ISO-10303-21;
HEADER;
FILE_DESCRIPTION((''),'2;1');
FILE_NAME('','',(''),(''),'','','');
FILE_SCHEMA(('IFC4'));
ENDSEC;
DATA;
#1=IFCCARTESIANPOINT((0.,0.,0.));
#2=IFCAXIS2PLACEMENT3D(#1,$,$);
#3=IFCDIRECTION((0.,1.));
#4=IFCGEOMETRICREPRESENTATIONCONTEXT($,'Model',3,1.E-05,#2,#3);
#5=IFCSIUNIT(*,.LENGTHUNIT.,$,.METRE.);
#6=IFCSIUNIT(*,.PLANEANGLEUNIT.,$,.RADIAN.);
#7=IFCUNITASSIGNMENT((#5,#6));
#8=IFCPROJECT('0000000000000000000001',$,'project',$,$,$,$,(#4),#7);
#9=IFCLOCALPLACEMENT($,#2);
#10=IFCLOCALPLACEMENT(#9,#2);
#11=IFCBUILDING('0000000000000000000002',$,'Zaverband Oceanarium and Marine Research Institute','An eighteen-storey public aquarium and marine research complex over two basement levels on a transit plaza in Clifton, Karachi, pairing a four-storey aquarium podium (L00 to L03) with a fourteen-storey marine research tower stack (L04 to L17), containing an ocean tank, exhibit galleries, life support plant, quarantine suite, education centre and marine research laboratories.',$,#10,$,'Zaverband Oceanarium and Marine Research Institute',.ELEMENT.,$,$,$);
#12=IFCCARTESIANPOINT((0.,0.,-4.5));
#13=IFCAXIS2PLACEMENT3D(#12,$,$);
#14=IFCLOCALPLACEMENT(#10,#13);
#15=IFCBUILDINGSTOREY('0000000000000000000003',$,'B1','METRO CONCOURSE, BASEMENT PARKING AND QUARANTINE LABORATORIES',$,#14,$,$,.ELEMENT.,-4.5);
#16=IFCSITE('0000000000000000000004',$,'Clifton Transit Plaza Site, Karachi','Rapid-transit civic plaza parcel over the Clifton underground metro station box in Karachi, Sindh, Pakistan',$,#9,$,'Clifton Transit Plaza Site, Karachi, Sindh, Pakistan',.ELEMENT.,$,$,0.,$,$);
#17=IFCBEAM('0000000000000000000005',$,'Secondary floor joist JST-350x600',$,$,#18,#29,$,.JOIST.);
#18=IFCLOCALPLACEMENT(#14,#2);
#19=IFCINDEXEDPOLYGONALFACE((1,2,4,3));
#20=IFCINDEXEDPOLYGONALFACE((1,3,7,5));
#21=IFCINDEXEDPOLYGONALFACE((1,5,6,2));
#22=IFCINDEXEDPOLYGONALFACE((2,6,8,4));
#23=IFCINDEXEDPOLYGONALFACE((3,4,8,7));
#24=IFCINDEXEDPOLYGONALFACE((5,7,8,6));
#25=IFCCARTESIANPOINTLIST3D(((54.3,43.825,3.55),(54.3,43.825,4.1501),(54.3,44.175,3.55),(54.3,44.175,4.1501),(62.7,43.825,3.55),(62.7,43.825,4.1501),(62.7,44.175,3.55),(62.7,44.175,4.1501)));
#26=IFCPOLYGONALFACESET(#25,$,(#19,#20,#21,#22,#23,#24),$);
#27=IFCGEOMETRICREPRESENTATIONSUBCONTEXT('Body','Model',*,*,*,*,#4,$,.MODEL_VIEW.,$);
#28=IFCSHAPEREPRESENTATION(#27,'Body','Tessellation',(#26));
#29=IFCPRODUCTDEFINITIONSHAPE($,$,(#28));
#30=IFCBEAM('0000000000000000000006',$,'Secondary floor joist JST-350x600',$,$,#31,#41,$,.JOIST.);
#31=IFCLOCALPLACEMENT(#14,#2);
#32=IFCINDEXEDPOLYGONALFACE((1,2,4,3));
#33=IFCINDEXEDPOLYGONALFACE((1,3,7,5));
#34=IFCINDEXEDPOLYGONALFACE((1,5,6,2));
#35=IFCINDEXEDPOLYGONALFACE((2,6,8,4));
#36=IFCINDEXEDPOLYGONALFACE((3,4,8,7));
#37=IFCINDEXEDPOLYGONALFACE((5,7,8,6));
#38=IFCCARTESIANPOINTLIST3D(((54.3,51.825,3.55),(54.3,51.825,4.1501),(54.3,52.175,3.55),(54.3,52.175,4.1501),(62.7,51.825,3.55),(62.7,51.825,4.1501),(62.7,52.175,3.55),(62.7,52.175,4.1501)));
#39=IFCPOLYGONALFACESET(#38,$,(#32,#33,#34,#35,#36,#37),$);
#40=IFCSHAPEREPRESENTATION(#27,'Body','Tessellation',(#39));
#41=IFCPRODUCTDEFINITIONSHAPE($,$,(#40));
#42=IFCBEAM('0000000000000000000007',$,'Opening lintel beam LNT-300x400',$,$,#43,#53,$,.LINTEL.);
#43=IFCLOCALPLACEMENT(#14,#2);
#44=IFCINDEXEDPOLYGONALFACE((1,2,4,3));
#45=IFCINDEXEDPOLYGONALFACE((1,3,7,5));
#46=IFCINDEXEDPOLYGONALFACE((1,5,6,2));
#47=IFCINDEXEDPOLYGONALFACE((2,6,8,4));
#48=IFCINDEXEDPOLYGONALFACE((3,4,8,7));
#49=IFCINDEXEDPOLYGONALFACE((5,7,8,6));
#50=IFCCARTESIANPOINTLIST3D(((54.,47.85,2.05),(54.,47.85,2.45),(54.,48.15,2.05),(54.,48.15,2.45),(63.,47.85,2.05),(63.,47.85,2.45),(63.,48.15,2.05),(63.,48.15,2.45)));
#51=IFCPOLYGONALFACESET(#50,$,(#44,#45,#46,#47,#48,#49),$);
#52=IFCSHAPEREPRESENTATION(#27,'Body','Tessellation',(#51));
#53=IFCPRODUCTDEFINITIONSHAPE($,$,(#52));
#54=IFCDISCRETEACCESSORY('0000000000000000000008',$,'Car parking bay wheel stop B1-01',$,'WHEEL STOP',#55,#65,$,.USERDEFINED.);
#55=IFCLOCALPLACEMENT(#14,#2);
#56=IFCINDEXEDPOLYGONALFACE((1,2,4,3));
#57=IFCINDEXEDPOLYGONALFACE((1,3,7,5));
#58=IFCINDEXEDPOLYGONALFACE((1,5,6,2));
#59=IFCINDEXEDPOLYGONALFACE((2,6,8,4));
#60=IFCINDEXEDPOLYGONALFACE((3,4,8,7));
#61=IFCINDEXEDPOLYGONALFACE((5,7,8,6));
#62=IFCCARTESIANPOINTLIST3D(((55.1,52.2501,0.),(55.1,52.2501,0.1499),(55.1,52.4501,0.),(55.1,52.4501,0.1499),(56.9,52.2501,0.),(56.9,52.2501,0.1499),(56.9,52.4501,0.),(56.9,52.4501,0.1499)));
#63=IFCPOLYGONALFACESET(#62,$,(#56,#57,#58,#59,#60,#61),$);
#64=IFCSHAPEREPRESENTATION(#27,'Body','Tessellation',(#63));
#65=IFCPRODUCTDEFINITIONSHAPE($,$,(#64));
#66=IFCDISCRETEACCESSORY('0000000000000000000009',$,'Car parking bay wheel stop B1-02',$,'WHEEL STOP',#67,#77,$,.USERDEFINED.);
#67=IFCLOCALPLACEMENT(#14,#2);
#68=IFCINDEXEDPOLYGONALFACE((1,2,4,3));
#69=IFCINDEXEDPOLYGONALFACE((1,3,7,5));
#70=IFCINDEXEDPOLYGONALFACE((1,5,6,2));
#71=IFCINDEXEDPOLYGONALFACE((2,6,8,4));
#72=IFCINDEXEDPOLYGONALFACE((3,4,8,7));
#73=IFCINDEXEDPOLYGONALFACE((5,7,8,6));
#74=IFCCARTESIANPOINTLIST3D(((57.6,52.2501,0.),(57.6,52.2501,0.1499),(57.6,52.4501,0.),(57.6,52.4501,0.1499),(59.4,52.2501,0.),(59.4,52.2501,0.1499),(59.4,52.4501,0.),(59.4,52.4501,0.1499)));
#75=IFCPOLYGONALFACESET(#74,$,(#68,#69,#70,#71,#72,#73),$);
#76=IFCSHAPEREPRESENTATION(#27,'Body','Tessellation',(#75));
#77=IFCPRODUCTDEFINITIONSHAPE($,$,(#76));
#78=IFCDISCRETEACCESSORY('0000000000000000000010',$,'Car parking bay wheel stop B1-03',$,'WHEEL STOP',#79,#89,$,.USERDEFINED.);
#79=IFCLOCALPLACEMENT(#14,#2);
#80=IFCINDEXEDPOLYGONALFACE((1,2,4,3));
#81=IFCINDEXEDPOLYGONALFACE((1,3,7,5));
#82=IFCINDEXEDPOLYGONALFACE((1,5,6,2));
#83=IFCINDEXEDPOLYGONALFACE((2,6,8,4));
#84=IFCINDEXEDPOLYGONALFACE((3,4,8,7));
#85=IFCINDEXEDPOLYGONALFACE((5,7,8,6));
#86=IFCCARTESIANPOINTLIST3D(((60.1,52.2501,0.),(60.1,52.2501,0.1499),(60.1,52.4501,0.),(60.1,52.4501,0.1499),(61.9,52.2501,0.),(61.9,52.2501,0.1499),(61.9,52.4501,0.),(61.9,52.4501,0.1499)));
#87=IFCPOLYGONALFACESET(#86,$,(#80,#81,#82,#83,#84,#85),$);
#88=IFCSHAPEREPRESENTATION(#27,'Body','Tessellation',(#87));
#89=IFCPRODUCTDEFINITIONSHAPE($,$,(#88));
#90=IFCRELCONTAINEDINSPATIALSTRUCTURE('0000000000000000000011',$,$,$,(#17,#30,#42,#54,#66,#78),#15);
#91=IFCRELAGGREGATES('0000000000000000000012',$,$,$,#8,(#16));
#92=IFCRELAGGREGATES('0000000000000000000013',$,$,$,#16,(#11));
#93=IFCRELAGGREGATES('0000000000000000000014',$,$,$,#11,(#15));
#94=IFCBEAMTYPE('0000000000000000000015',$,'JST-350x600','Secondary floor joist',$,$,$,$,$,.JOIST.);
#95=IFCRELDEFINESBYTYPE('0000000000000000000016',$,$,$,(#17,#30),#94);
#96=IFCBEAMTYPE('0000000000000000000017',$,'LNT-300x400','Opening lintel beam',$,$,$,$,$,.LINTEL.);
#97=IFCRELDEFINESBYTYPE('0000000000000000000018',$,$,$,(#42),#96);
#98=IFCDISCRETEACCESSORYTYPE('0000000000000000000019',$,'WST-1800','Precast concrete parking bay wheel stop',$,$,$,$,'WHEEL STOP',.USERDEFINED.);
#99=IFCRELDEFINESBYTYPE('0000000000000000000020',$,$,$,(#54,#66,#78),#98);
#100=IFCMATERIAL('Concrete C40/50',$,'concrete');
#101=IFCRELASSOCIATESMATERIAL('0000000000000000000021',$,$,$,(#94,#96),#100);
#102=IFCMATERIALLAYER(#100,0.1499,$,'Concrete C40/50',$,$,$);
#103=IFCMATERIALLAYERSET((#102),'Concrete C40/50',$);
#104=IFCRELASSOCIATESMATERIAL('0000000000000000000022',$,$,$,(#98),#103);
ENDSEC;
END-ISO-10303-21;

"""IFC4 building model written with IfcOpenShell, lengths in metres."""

from ifc_helpers import new_model, si_unit, direction, frame, origin, origin_2d, place, context, subcontext, project, spatial, rectangle, extrude, material, layer, layer_set, material_profile, profile_set, type_object, element, save


model = new_model("IFC4")

# Units and contexts
model_context = context("Model", 3, precision=1e-05, world=origin(), true_north=direction((0.0, 1.0)))
body_context = subcontext(model_context, "Body", "Model", "MODEL_VIEW")
ifc_project = project(units=[si_unit("LENGTHUNIT", "METRE"), si_unit("PLANEANGLEUNIT", "RADIAN")], contexts=[model_context])

# Site, building, storey
site_placement = place(None, origin())
site = spatial("IfcSite", under=ifc_project, at=site_placement, Name="Clifton Transit Plaza Site, Karachi", Description="Rapid-transit civic plaza parcel over the Clifton underground metro station box in Karachi, Sindh, Pakistan", LongName="Clifton Transit Plaza Site, Karachi, Sindh, Pakistan", CompositionType="ELEMENT", RefElevation=0.0)
building_placement = place(site_placement, origin())
building = spatial("IfcBuilding", under=site, at=building_placement, Name="Zaverband Oceanarium and Marine Research Institute", Description="An eighteen-storey public aquarium and marine research complex over two basement levels on a transit plaza in Clifton, Karachi, pairing a four-storey aquarium podium (L00 to L03) with a fourteen-storey marine research tower stack (L04 to L17), containing an ocean tank, exhibit galleries, life support plant, quarantine suite, education centre and marine research laboratories.", LongName="Zaverband Oceanarium and Marine Research Institute", CompositionType="ELEMENT")
storey_placement = place(building_placement, frame((0.0, 0.0, -4.5)))
storey = spatial("IfcBuildingStorey", under=building, at=storey_placement, Name="B1", Description="METRO CONCOURSE, BASEMENT PARKING AND QUARANTINE LABORATORIES", CompositionType="ELEMENT", Elevation=-4.5)

# Beams
ifc_material_1 = material(Name="Concrete C40/50", Category="concrete")
ifc_material_profile_1 = material_profile(ifc_material_1, rectangle(XDim=0.3501, YDim=0.6001, at=origin_2d()), Name="RC350x600")
ifc_profile_set_1 = profile_set([ifc_material_profile_1], Name="Concrete C40/50")
beam_type_1 = type_object("IfcBeamType", Name="JST-350x600", Description="Secondary floor joist", PredefinedType="JOIST", material=ifc_profile_set_1)
for number, where, z_axis, x_axis, name in (
    (1, (54.3, 44.0, 3.8501), (1.0, 0.0, 0.0), (0.0, 1.0, 0.0), "Secondary floor joist JST-350x600"),
    (2, (54.3, 52.0, 3.8501), (1.0, 0.0, 0.0), (0.0, 1.0, 0.0), "Secondary floor joist JST-350x600"),
):
    element("IfcBeam", number, at=place(storey_placement, frame(where, z_axis=z_axis, x_axis=x_axis)), inside=storey, type_object=beam_type_1, Name=name, PredefinedType="JOIST", context=body_context, shape_type="SweptSolid", body=[
        extrude(rectangle(XDim=0.3501, YDim=0.6001, at=origin_2d()), origin(), (0.0, 0.0, 1.0), 8.3999),
    ])
ifc_material_profile_2 = material_profile(ifc_material_1, rectangle(XDim=0.3, YDim=0.3999, at=origin_2d()), Name="RC300x400")
ifc_profile_set_2 = profile_set([ifc_material_profile_2], Name="Concrete C40/50")
beam_type_2 = type_object("IfcBeamType", Name="LNT-300x400", Description="Opening lintel beam", PredefinedType="LINTEL", material=ifc_profile_set_2)
beam_placement = place(storey_placement, frame((54.0, 48.0, 2.25), z_axis=(1.0, 0.0, 0.0), x_axis=(0.0, 1.0, 0.0)))
element("IfcBeam", 3, at=beam_placement, inside=storey, type_object=beam_type_2, Name="Opening lintel beam LNT-300x400", PredefinedType="LINTEL", context=body_context, shape_type="SweptSolid", body=[
    extrude(rectangle(XDim=0.3, YDim=0.3999, at=origin_2d()), origin(), (0.0, 0.0, 1.0), 9.0),
])

# Discrete accessories
ifc_layer = layer(ifc_material_1, 0.1499, Name="Concrete C40/50")
ifc_layer_set = layer_set([ifc_layer], Name="Concrete C40/50")
discrete_accessory_type = type_object("IfcDiscreteAccessoryType", Name="WST-1800", Description="Precast concrete parking bay wheel stop", ElementType="WHEEL STOP", PredefinedType="USERDEFINED", material=ifc_layer_set)
for number, where, z_axis, x_axis, name in (
    (4, (56.0, 52.3501, 0.0), (0.0, 0.0, 1.0), (1.0, 0.0, 0.0), "Car parking bay wheel stop B1-01"),
    (5, (58.5, 52.3501, 0.0), (0.0, 0.0, 1.0), (1.0, 0.0, 0.0), "Car parking bay wheel stop B1-02"),
    (6, (61.0, 52.3501, 0.0), (0.0, 0.0, 1.0), (1.0, 0.0, 0.0), "Car parking bay wheel stop B1-03"),
):
    element("IfcDiscreteAccessory", number, at=place(storey_placement, frame(where, z_axis=z_axis, x_axis=x_axis)), inside=storey, type_object=discrete_accessory_type, Name=name, ObjectType="WHEEL STOP", PredefinedType="USERDEFINED", context=body_context, shape_type="SweptSolid", body=[
        extrude(rectangle(XDim=1.8, YDim=0.2, at=origin_2d()), origin(), (0.0, 0.0, 1.0), 0.1499),
    ])

save(model, "model.ifc")
